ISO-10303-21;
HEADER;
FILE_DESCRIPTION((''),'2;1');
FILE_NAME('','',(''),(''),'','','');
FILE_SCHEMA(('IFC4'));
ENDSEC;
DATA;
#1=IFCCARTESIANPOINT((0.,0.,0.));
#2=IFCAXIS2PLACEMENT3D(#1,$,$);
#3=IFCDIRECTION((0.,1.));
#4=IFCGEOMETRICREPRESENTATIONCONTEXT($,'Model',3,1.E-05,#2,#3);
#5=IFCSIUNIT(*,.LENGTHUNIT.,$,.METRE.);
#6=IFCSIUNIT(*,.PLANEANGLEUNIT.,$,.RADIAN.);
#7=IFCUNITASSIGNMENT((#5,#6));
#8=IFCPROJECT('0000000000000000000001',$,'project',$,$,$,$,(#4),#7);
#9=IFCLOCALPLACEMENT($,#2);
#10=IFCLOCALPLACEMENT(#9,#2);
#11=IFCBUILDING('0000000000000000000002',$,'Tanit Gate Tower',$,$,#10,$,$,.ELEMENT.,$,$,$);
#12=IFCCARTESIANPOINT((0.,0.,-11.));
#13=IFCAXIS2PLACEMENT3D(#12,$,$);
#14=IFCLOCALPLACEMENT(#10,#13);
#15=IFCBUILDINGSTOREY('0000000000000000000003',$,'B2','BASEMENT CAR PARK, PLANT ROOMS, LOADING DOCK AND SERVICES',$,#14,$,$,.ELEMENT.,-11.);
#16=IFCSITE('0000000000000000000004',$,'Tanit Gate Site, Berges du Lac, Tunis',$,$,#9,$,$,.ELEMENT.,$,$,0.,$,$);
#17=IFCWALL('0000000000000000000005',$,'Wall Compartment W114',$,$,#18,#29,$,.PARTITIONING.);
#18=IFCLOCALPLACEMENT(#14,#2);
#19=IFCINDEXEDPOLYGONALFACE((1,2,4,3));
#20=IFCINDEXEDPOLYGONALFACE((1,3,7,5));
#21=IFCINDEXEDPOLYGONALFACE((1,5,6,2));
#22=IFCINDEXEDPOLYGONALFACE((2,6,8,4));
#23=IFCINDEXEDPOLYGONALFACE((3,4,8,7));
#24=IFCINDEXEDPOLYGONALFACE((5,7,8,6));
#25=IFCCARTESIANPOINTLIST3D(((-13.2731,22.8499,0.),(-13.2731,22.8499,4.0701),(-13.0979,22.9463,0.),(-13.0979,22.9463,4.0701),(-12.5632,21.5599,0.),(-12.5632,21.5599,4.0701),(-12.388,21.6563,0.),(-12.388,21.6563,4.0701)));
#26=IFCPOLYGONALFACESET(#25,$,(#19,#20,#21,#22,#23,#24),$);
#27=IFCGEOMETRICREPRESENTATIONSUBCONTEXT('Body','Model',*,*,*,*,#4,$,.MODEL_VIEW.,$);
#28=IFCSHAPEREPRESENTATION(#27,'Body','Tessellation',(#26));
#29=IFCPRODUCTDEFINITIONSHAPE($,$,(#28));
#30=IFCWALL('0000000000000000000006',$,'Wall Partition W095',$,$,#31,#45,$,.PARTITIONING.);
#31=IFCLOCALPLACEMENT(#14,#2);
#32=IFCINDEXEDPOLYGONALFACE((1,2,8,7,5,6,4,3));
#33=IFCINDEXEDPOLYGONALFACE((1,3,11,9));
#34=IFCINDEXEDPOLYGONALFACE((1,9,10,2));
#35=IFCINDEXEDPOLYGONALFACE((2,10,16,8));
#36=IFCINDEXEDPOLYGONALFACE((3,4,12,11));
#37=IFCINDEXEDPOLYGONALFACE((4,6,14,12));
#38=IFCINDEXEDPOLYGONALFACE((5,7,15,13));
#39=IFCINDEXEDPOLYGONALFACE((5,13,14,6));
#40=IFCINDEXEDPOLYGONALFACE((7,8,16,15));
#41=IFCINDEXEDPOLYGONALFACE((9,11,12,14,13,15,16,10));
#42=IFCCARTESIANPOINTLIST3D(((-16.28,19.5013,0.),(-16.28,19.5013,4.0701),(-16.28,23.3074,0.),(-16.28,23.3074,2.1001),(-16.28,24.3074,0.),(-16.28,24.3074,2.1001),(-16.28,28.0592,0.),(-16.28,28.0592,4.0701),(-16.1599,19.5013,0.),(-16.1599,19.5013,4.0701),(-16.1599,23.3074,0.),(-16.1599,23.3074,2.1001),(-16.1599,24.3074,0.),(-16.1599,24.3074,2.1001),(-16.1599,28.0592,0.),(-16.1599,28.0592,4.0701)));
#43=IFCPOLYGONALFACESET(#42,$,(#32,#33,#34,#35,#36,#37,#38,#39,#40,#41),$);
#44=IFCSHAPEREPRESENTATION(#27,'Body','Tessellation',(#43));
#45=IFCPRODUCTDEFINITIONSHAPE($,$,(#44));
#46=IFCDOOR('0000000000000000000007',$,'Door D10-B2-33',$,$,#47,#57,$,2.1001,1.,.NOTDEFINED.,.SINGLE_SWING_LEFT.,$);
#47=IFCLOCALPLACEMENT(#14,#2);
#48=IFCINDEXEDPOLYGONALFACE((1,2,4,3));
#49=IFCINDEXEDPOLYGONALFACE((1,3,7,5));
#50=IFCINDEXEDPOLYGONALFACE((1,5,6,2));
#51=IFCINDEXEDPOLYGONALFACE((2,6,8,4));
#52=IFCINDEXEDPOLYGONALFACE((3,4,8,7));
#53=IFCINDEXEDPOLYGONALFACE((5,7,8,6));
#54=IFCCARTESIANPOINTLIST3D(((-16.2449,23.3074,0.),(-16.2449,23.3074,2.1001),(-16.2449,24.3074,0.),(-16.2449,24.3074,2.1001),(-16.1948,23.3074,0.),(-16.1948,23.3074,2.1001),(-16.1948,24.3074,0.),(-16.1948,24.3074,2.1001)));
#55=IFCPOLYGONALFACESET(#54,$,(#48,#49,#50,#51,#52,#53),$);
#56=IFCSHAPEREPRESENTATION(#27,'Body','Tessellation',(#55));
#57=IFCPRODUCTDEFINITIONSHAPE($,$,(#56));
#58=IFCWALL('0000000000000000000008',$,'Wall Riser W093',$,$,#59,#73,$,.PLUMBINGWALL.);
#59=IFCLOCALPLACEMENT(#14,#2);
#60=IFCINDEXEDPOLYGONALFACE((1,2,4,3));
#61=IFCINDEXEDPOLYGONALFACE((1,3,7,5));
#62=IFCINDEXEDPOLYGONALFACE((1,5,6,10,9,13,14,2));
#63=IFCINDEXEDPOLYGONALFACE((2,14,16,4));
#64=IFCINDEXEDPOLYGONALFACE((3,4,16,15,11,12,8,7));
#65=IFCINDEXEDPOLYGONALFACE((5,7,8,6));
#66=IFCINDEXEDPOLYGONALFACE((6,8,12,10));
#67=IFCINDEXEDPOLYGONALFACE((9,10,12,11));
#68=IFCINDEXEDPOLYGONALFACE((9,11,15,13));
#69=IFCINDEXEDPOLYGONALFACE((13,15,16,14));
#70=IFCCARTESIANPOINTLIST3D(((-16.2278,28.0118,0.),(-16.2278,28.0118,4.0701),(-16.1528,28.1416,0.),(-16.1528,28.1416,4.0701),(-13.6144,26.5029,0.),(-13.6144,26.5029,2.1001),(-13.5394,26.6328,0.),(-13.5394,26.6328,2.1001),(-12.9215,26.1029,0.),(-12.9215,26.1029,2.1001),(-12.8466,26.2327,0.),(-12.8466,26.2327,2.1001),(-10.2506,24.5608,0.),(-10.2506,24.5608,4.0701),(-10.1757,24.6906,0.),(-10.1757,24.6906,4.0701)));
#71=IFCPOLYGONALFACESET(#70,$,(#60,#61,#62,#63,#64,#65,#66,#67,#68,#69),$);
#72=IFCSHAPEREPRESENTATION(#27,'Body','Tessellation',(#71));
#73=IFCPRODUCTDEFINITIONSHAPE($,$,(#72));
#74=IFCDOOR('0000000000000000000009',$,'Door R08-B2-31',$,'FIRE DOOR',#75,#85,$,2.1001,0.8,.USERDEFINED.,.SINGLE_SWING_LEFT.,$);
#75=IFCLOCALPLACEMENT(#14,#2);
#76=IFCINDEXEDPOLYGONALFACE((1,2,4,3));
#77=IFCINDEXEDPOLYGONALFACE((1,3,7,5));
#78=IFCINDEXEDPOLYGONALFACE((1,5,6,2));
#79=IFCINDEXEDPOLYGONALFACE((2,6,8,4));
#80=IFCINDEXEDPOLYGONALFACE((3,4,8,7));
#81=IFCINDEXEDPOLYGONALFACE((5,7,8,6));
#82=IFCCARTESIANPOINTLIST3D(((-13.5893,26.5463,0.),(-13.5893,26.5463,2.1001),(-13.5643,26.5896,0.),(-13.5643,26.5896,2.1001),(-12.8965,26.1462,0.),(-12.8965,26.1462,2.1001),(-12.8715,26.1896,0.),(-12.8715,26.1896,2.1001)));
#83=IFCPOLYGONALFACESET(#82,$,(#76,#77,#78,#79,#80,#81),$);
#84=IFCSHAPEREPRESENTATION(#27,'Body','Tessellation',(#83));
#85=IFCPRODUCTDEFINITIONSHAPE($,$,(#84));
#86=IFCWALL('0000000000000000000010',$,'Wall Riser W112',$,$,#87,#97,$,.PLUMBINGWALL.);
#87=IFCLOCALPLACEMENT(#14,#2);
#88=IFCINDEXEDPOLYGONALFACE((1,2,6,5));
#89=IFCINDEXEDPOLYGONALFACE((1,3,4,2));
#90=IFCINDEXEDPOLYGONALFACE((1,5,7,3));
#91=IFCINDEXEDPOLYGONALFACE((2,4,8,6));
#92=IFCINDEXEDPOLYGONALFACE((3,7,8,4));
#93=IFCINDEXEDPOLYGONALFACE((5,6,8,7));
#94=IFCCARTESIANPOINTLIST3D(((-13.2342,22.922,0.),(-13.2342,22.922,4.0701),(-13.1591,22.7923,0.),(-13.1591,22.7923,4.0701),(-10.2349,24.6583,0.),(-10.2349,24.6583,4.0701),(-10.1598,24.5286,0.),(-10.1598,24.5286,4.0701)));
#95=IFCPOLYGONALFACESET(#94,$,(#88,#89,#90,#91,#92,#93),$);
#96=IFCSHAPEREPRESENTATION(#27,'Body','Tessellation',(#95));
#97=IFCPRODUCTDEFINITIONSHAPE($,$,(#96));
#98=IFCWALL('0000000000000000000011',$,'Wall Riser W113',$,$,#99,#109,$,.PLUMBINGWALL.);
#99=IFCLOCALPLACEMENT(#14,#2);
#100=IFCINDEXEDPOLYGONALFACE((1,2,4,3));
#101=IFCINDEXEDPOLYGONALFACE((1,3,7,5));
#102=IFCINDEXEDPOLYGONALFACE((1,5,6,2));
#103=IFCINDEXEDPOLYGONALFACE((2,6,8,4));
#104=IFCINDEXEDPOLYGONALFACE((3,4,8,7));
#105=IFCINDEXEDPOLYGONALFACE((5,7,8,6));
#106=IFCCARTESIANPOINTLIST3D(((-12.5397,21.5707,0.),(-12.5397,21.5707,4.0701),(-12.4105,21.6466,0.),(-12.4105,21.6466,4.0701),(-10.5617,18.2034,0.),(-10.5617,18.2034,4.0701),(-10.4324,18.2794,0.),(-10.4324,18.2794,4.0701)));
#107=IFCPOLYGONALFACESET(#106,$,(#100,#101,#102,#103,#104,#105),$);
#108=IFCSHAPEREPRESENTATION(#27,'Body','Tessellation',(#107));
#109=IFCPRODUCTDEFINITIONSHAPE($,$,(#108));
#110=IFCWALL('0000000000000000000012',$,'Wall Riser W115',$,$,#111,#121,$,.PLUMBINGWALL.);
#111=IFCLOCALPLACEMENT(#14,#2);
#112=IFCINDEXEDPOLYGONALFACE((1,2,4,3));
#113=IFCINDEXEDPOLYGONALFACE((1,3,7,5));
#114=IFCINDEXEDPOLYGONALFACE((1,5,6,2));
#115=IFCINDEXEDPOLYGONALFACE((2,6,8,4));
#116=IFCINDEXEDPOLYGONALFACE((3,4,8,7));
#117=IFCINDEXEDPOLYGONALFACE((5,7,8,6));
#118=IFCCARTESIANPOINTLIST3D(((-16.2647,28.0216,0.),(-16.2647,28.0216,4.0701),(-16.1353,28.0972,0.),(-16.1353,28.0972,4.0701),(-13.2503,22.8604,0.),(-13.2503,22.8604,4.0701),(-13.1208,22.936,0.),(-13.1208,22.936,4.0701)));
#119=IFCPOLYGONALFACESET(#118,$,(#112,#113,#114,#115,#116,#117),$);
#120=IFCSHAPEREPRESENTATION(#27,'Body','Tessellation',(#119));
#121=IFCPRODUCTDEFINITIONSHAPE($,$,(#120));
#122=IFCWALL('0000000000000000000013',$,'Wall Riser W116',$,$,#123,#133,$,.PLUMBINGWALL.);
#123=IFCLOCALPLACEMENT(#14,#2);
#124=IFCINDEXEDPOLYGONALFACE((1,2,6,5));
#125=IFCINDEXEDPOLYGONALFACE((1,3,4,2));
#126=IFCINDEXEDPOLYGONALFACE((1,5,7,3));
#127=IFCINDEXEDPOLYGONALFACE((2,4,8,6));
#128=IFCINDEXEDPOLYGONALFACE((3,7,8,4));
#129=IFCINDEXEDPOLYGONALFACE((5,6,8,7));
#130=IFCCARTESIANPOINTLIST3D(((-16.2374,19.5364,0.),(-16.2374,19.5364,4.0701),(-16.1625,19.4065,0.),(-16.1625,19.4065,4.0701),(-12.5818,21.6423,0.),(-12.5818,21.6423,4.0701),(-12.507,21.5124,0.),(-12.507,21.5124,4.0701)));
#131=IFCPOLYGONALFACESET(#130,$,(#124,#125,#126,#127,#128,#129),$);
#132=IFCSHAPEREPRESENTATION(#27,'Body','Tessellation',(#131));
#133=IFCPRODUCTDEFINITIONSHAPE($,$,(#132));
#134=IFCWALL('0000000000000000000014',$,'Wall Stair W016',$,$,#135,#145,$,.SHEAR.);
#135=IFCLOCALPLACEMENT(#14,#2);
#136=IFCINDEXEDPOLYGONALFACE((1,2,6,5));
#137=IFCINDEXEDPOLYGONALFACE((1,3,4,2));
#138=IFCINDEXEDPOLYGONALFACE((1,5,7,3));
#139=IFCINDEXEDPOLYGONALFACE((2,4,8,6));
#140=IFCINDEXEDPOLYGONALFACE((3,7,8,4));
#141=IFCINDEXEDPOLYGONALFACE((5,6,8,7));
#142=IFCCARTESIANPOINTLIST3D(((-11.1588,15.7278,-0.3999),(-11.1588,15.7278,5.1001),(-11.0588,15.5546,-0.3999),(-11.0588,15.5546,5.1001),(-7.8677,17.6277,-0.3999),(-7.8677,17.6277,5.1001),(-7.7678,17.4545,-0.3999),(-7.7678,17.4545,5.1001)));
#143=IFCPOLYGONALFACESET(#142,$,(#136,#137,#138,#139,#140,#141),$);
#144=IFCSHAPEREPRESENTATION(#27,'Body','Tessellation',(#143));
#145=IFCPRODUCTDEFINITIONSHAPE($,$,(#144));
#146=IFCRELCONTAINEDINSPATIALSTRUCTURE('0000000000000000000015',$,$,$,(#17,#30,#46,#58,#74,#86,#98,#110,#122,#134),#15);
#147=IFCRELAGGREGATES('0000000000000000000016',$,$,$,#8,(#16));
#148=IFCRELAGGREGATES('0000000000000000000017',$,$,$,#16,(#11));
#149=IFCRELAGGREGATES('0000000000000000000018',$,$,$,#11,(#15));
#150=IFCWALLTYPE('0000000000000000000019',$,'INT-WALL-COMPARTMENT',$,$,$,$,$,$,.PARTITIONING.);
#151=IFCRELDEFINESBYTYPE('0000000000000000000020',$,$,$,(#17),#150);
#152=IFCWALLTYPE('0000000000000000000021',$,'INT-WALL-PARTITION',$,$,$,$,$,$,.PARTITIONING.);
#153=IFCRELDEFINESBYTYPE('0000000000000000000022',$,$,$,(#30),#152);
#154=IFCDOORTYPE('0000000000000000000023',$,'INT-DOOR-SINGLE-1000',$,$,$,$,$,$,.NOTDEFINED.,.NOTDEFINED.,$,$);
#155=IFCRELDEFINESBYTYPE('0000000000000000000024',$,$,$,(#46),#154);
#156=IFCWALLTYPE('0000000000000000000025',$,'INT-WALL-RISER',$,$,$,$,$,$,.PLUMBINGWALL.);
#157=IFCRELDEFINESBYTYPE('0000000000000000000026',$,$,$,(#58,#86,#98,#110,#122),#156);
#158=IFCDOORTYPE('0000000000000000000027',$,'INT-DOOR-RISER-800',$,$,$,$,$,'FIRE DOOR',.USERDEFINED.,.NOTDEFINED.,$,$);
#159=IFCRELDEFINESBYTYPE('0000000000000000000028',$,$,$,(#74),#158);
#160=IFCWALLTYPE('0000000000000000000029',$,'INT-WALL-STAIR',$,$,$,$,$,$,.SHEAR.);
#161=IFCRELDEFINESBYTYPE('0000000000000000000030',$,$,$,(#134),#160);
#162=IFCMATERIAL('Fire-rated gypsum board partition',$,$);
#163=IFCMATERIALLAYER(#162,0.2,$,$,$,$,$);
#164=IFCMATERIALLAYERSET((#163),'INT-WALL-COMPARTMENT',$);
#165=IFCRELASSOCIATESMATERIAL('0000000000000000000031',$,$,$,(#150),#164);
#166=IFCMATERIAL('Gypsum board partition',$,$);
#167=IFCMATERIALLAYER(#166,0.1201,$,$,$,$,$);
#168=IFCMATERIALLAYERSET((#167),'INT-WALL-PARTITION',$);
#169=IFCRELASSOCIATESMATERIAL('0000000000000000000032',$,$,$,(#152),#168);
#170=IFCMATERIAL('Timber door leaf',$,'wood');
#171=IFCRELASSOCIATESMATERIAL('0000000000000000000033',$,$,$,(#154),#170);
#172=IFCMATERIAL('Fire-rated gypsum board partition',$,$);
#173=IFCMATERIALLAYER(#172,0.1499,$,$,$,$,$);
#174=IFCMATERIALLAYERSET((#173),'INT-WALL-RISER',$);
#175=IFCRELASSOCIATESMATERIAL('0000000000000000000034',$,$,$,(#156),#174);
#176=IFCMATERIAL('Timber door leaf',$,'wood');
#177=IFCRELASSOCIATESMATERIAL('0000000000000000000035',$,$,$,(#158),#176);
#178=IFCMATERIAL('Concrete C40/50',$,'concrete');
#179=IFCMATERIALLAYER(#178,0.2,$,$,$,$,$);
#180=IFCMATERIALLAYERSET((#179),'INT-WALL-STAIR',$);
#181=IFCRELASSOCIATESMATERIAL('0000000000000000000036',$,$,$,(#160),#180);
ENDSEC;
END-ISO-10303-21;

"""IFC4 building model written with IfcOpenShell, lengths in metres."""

from ifc_helpers import new_model, si_unit, direction, frame, frame_2d, origin, place, context, subcontext, project, spatial, rectangle, extrude, material, layer, layer_set, type_object, element, fill, save


model = new_model("IFC4")

# Units and contexts
model_context = context("Model", 3, precision=1e-05, world=origin(), true_north=direction((0.0, 1.0)))
body_context = subcontext(model_context, "Body", "Model", "MODEL_VIEW")
ifc_project = project(units=[si_unit("LENGTHUNIT", "METRE"), si_unit("PLANEANGLEUNIT", "RADIAN")], contexts=[model_context])

# Site, building, storey
site_placement = place(None, origin())
site = spatial("IfcSite", under=ifc_project, at=site_placement, Name="Tanit Gate Site, Berges du Lac, Tunis", CompositionType="ELEMENT", RefElevation=0.0)
building_placement = place(site_placement, origin())
building = spatial("IfcBuilding", under=site, at=building_placement, Name="Tanit Gate Tower", CompositionType="ELEMENT")
storey_placement = place(building_placement, frame((0.0, 0.0, -11.0)))
storey = spatial("IfcBuildingStorey", under=building, at=storey_placement, Name="B2", Description="BASEMENT CAR PARK, PLANT ROOMS, LOADING DOCK AND SERVICES", CompositionType="ELEMENT", Elevation=-11.0)

# Shared definitions
ifc_material_1 = material(Name="Fire-rated gypsum board partition")
ifc_layer_1 = layer(ifc_material_1, 0.2)
ifc_layer_set_1 = layer_set([ifc_layer_1], Name="INT-WALL-COMPARTMENT")
wall_type_1 = type_object("IfcWallType", Name="INT-WALL-COMPARTMENT", PredefinedType="PARTITIONING", material=ifc_layer_set_1)

# Wall
wall_1_placement = place(storey_placement, frame((-13.1855, 22.8982, 0.0), z_axis=(0.0, 0.0, 1.0), x_axis=(0.482148, -0.87609, 0.0)))
element("IfcWall", 1, at=wall_1_placement, inside=storey, type_object=wall_type_1, Name="Wall Compartment W114", PredefinedType="PARTITIONING", context=body_context, shape_type="SweptSolid", body=[
    extrude(rectangle(XDim=1.4724, YDim=0.2, at=frame_2d((0.7363, 0.0))), origin(), (0.0, 0.0, 1.0), 4.0701),
])

# Walls, openings, doors
ifc_material_2 = material(Name="Gypsum board partition")
ifc_layer_2 = layer(ifc_material_2, 0.1201)
ifc_layer_set_2 = layer_set([ifc_layer_2], Name="INT-WALL-PARTITION")
wall_type_2 = type_object("IfcWallType", Name="INT-WALL-PARTITION", PredefinedType="PARTITIONING", material=ifc_layer_set_2)
wall_2_placement = place(storey_placement, frame((-16.22, 19.5015, 0.0), z_axis=(0.0, 0.0, 1.0), x_axis=(0.0, 1.0, 0.0)))
wall_2 = element("IfcWall", 2, at=wall_2_placement, inside=storey, type_object=wall_type_2, Name="Wall Partition W095", PredefinedType="PARTITIONING", context=body_context, shape_type="SweptSolid", body=[
    extrude(rectangle(XDim=8.5579, YDim=0.1201, at=frame_2d((4.2788, 0.0))), origin(), (0.0, 0.0, 1.0), 4.0701),
])
opening_1_placement = place(wall_2_placement, frame((3.8059, 0.0, 0.0)))
opening_1 = element("IfcOpeningElement", 3, at=opening_1_placement, cuts=wall_2, PredefinedType="OPENING", context=body_context, shape_type="SweptSolid", body=[
    extrude(rectangle(XDim=1.0, YDim=2.1001, at=frame_2d((0.5, 1.05))), frame((0.0, 0.0701, 0.0), z_axis=(0.0, -1.0, 0.0), x_axis=(1.0, 0.0, 0.0)), (0.0, 0.0, 1.0), 0.1401),
])
ifc_material_3 = material(Name="Timber door leaf", Category="wood")
door_type_1 = type_object("IfcDoorType", Name="INT-DOOR-SINGLE-1000", OperationType="NOTDEFINED", PredefinedType="NOTDEFINED", material=ifc_material_3)
door_1_placement = place(opening_1_placement, origin())
door_1 = element("IfcDoor", 4, at=door_1_placement, inside=storey, type_object=door_type_1, Name="Door D10-B2-33", OperationType="SINGLE_SWING_LEFT", OverallHeight=2.1001, OverallWidth=1.0, PredefinedType="NOTDEFINED", context=body_context, shape_type="SweptSolid", body=[
    extrude(rectangle(XDim=1.0, YDim=2.1001, at=frame_2d((0.5, 1.05))), frame((0.0, 0.0249, 0.0), z_axis=(0.0, -1.0, 0.0), x_axis=(1.0, 0.0, 0.0)), (0.0, 0.0, 1.0), 0.05),
])
fill(opening_1, door_1)
ifc_material_4 = material(Name="Fire-rated gypsum board partition")
ifc_layer_3 = layer(ifc_material_4, 0.1499)
ifc_layer_set_3 = layer_set([ifc_layer_3], Name="INT-WALL-RISER")
wall_type_3 = type_object("IfcWallType", Name="INT-WALL-RISER", PredefinedType="PLUMBINGWALL", material=ifc_layer_set_3)
wall_3_placement = place(storey_placement, frame((-10.2131, 24.6257, 0.0), z_axis=(0.0, 0.0, 1.0), x_axis=(-0.866021, 0.500008, 0.0)))
wall_3 = element("IfcWall", 5, at=wall_3_placement, inside=storey, type_object=wall_type_3, Name="Wall Riser W093", PredefinedType="PLUMBINGWALL", context=body_context, shape_type="SweptSolid", body=[
    extrude(rectangle(XDim=6.9019, YDim=0.1499, at=frame_2d((3.4509, 0.0))), origin(), (0.0, 0.0, 1.0), 4.0701),
])
opening_2_placement = place(wall_3_placement, frame((3.0842, 0.0, 0.0)))
opening_2 = element("IfcOpeningElement", 6, at=opening_2_placement, cuts=wall_3, PredefinedType="OPENING", context=body_context, shape_type="SweptSolid", body=[
    extrude(rectangle(XDim=0.8, YDim=2.1001, at=frame_2d((0.3999, 1.05))), frame((0.0, 0.085, 0.0), z_axis=(0.0, -1.0, 0.0), x_axis=(1.0, 0.0, 0.0)), (0.0, 0.0, 1.0), 0.1699),
])
ifc_material_5 = material(Name="Timber door leaf", Category="wood")
door_type_2 = type_object("IfcDoorType", Name="INT-DOOR-RISER-800", ElementType="FIRE DOOR", OperationType="NOTDEFINED", PredefinedType="USERDEFINED", material=ifc_material_5)
door_2_placement = place(opening_2_placement, origin())
door_2 = element("IfcDoor", 7, at=door_2_placement, inside=storey, type_object=door_type_2, Name="Door R08-B2-31", ObjectType="FIRE DOOR", OperationType="SINGLE_SWING_LEFT", OverallHeight=2.1001, OverallWidth=0.8, PredefinedType="USERDEFINED", context=body_context, shape_type="SweptSolid", body=[
    extrude(rectangle(XDim=0.8, YDim=2.1001, at=frame_2d((0.3999, 1.05))), frame((0.0, 0.0249, 0.0), z_axis=(0.0, -1.0, 0.0), x_axis=(1.0, 0.0, 0.0)), (0.0, 0.0, 1.0), 0.05),
])
fill(opening_2, door_2)

# Walls
wall_4_placement = place(storey_placement, frame((-10.1973, 24.5935, 0.0), z_axis=(0.0, 0.0, 1.0), x_axis=(-0.865438, -0.501017, 0.0)))
element("IfcWall", 8, at=wall_4_placement, inside=storey, type_object=wall_type_3, Name="Wall Riser W112", PredefinedType="PLUMBINGWALL", context=body_context, shape_type="SweptSolid", body=[
    extrude(rectangle(XDim=3.4656, YDim=0.1499, at=frame_2d((1.7329, 0.0))), origin(), (0.0, 0.0, 1.0), 4.0701),
])
wall_5_placement = place(storey_placement, frame((-12.4751, 21.6086, 0.0), z_axis=(0.0, 0.0, 1.0), x_axis=(0.506512, -0.862233, 0.0)))
element("IfcWall", 9, at=wall_5_placement, inside=storey, type_object=wall_type_3, Name="Wall Riser W113", PredefinedType="PLUMBINGWALL", context=body_context, shape_type="SweptSolid", body=[
    extrude(rectangle(XDim=3.9053, YDim=0.1499, at=frame_2d((1.9526, 0.0))), origin(), (0.0, 0.0, 1.0), 4.0701),
])
wall_6_placement = place(storey_placement, frame((-13.1855, 22.8982, 0.0), z_axis=(0.0, 0.0, 1.0), x_axis=(-0.504338, 0.863506, 0.0)))
element("IfcWall", 10, at=wall_6_placement, inside=storey, type_object=wall_type_3, Name="Wall Riser W115", PredefinedType="PLUMBINGWALL", context=body_context, shape_type="SweptSolid", body=[
    extrude(rectangle(XDim=5.9771, YDim=0.1499, at=frame_2d((2.9885, 0.0))), origin(), (0.0, 0.0, 1.0), 4.0701),
])
wall_7_placement = place(storey_placement, frame((-12.5444, 21.5774, 0.0), z_axis=(0.0, 0.0, 1.0), x_axis=(-0.866493, -0.49919, 0.0)))
element("IfcWall", 11, at=wall_7_placement, inside=storey, type_object=wall_type_3, Name="Wall Riser W116", PredefinedType="PLUMBINGWALL", context=body_context, shape_type="SweptSolid", body=[
    extrude(rectangle(XDim=4.2188, YDim=0.1499, at=frame_2d((2.1094, 0.0))), origin(), (0.0, 0.0, 1.0), 4.0701),
])
ifc_material_6 = material(Name="Concrete C40/50", Category="concrete")
ifc_layer_4 = layer(ifc_material_6, 0.2)
ifc_layer_set_4 = layer_set([ifc_layer_4], Name="INT-WALL-STAIR")
wall_type_4 = type_object("IfcWallType", Name="INT-WALL-STAIR", PredefinedType="SHEAR", material=ifc_layer_set_4)
wall_8_placement = place(storey_placement, frame((-7.8179, 17.541, -0.3999), z_axis=(0.0, 0.0, 1.0), x_axis=(-0.866044, -0.499967, 0.0)))
element("IfcWall", 12, at=wall_8_placement, inside=storey, type_object=wall_type_4, Name="Wall Stair W016", PredefinedType="SHEAR", context=body_context, shape_type="SweptSolid", body=[
    extrude(rectangle(XDim=3.8, YDim=0.2, at=frame_2d((1.8999, 0.0))), origin(), (0.0, 0.0, 1.0), 5.5),
])

save(model, "model.ifc")
